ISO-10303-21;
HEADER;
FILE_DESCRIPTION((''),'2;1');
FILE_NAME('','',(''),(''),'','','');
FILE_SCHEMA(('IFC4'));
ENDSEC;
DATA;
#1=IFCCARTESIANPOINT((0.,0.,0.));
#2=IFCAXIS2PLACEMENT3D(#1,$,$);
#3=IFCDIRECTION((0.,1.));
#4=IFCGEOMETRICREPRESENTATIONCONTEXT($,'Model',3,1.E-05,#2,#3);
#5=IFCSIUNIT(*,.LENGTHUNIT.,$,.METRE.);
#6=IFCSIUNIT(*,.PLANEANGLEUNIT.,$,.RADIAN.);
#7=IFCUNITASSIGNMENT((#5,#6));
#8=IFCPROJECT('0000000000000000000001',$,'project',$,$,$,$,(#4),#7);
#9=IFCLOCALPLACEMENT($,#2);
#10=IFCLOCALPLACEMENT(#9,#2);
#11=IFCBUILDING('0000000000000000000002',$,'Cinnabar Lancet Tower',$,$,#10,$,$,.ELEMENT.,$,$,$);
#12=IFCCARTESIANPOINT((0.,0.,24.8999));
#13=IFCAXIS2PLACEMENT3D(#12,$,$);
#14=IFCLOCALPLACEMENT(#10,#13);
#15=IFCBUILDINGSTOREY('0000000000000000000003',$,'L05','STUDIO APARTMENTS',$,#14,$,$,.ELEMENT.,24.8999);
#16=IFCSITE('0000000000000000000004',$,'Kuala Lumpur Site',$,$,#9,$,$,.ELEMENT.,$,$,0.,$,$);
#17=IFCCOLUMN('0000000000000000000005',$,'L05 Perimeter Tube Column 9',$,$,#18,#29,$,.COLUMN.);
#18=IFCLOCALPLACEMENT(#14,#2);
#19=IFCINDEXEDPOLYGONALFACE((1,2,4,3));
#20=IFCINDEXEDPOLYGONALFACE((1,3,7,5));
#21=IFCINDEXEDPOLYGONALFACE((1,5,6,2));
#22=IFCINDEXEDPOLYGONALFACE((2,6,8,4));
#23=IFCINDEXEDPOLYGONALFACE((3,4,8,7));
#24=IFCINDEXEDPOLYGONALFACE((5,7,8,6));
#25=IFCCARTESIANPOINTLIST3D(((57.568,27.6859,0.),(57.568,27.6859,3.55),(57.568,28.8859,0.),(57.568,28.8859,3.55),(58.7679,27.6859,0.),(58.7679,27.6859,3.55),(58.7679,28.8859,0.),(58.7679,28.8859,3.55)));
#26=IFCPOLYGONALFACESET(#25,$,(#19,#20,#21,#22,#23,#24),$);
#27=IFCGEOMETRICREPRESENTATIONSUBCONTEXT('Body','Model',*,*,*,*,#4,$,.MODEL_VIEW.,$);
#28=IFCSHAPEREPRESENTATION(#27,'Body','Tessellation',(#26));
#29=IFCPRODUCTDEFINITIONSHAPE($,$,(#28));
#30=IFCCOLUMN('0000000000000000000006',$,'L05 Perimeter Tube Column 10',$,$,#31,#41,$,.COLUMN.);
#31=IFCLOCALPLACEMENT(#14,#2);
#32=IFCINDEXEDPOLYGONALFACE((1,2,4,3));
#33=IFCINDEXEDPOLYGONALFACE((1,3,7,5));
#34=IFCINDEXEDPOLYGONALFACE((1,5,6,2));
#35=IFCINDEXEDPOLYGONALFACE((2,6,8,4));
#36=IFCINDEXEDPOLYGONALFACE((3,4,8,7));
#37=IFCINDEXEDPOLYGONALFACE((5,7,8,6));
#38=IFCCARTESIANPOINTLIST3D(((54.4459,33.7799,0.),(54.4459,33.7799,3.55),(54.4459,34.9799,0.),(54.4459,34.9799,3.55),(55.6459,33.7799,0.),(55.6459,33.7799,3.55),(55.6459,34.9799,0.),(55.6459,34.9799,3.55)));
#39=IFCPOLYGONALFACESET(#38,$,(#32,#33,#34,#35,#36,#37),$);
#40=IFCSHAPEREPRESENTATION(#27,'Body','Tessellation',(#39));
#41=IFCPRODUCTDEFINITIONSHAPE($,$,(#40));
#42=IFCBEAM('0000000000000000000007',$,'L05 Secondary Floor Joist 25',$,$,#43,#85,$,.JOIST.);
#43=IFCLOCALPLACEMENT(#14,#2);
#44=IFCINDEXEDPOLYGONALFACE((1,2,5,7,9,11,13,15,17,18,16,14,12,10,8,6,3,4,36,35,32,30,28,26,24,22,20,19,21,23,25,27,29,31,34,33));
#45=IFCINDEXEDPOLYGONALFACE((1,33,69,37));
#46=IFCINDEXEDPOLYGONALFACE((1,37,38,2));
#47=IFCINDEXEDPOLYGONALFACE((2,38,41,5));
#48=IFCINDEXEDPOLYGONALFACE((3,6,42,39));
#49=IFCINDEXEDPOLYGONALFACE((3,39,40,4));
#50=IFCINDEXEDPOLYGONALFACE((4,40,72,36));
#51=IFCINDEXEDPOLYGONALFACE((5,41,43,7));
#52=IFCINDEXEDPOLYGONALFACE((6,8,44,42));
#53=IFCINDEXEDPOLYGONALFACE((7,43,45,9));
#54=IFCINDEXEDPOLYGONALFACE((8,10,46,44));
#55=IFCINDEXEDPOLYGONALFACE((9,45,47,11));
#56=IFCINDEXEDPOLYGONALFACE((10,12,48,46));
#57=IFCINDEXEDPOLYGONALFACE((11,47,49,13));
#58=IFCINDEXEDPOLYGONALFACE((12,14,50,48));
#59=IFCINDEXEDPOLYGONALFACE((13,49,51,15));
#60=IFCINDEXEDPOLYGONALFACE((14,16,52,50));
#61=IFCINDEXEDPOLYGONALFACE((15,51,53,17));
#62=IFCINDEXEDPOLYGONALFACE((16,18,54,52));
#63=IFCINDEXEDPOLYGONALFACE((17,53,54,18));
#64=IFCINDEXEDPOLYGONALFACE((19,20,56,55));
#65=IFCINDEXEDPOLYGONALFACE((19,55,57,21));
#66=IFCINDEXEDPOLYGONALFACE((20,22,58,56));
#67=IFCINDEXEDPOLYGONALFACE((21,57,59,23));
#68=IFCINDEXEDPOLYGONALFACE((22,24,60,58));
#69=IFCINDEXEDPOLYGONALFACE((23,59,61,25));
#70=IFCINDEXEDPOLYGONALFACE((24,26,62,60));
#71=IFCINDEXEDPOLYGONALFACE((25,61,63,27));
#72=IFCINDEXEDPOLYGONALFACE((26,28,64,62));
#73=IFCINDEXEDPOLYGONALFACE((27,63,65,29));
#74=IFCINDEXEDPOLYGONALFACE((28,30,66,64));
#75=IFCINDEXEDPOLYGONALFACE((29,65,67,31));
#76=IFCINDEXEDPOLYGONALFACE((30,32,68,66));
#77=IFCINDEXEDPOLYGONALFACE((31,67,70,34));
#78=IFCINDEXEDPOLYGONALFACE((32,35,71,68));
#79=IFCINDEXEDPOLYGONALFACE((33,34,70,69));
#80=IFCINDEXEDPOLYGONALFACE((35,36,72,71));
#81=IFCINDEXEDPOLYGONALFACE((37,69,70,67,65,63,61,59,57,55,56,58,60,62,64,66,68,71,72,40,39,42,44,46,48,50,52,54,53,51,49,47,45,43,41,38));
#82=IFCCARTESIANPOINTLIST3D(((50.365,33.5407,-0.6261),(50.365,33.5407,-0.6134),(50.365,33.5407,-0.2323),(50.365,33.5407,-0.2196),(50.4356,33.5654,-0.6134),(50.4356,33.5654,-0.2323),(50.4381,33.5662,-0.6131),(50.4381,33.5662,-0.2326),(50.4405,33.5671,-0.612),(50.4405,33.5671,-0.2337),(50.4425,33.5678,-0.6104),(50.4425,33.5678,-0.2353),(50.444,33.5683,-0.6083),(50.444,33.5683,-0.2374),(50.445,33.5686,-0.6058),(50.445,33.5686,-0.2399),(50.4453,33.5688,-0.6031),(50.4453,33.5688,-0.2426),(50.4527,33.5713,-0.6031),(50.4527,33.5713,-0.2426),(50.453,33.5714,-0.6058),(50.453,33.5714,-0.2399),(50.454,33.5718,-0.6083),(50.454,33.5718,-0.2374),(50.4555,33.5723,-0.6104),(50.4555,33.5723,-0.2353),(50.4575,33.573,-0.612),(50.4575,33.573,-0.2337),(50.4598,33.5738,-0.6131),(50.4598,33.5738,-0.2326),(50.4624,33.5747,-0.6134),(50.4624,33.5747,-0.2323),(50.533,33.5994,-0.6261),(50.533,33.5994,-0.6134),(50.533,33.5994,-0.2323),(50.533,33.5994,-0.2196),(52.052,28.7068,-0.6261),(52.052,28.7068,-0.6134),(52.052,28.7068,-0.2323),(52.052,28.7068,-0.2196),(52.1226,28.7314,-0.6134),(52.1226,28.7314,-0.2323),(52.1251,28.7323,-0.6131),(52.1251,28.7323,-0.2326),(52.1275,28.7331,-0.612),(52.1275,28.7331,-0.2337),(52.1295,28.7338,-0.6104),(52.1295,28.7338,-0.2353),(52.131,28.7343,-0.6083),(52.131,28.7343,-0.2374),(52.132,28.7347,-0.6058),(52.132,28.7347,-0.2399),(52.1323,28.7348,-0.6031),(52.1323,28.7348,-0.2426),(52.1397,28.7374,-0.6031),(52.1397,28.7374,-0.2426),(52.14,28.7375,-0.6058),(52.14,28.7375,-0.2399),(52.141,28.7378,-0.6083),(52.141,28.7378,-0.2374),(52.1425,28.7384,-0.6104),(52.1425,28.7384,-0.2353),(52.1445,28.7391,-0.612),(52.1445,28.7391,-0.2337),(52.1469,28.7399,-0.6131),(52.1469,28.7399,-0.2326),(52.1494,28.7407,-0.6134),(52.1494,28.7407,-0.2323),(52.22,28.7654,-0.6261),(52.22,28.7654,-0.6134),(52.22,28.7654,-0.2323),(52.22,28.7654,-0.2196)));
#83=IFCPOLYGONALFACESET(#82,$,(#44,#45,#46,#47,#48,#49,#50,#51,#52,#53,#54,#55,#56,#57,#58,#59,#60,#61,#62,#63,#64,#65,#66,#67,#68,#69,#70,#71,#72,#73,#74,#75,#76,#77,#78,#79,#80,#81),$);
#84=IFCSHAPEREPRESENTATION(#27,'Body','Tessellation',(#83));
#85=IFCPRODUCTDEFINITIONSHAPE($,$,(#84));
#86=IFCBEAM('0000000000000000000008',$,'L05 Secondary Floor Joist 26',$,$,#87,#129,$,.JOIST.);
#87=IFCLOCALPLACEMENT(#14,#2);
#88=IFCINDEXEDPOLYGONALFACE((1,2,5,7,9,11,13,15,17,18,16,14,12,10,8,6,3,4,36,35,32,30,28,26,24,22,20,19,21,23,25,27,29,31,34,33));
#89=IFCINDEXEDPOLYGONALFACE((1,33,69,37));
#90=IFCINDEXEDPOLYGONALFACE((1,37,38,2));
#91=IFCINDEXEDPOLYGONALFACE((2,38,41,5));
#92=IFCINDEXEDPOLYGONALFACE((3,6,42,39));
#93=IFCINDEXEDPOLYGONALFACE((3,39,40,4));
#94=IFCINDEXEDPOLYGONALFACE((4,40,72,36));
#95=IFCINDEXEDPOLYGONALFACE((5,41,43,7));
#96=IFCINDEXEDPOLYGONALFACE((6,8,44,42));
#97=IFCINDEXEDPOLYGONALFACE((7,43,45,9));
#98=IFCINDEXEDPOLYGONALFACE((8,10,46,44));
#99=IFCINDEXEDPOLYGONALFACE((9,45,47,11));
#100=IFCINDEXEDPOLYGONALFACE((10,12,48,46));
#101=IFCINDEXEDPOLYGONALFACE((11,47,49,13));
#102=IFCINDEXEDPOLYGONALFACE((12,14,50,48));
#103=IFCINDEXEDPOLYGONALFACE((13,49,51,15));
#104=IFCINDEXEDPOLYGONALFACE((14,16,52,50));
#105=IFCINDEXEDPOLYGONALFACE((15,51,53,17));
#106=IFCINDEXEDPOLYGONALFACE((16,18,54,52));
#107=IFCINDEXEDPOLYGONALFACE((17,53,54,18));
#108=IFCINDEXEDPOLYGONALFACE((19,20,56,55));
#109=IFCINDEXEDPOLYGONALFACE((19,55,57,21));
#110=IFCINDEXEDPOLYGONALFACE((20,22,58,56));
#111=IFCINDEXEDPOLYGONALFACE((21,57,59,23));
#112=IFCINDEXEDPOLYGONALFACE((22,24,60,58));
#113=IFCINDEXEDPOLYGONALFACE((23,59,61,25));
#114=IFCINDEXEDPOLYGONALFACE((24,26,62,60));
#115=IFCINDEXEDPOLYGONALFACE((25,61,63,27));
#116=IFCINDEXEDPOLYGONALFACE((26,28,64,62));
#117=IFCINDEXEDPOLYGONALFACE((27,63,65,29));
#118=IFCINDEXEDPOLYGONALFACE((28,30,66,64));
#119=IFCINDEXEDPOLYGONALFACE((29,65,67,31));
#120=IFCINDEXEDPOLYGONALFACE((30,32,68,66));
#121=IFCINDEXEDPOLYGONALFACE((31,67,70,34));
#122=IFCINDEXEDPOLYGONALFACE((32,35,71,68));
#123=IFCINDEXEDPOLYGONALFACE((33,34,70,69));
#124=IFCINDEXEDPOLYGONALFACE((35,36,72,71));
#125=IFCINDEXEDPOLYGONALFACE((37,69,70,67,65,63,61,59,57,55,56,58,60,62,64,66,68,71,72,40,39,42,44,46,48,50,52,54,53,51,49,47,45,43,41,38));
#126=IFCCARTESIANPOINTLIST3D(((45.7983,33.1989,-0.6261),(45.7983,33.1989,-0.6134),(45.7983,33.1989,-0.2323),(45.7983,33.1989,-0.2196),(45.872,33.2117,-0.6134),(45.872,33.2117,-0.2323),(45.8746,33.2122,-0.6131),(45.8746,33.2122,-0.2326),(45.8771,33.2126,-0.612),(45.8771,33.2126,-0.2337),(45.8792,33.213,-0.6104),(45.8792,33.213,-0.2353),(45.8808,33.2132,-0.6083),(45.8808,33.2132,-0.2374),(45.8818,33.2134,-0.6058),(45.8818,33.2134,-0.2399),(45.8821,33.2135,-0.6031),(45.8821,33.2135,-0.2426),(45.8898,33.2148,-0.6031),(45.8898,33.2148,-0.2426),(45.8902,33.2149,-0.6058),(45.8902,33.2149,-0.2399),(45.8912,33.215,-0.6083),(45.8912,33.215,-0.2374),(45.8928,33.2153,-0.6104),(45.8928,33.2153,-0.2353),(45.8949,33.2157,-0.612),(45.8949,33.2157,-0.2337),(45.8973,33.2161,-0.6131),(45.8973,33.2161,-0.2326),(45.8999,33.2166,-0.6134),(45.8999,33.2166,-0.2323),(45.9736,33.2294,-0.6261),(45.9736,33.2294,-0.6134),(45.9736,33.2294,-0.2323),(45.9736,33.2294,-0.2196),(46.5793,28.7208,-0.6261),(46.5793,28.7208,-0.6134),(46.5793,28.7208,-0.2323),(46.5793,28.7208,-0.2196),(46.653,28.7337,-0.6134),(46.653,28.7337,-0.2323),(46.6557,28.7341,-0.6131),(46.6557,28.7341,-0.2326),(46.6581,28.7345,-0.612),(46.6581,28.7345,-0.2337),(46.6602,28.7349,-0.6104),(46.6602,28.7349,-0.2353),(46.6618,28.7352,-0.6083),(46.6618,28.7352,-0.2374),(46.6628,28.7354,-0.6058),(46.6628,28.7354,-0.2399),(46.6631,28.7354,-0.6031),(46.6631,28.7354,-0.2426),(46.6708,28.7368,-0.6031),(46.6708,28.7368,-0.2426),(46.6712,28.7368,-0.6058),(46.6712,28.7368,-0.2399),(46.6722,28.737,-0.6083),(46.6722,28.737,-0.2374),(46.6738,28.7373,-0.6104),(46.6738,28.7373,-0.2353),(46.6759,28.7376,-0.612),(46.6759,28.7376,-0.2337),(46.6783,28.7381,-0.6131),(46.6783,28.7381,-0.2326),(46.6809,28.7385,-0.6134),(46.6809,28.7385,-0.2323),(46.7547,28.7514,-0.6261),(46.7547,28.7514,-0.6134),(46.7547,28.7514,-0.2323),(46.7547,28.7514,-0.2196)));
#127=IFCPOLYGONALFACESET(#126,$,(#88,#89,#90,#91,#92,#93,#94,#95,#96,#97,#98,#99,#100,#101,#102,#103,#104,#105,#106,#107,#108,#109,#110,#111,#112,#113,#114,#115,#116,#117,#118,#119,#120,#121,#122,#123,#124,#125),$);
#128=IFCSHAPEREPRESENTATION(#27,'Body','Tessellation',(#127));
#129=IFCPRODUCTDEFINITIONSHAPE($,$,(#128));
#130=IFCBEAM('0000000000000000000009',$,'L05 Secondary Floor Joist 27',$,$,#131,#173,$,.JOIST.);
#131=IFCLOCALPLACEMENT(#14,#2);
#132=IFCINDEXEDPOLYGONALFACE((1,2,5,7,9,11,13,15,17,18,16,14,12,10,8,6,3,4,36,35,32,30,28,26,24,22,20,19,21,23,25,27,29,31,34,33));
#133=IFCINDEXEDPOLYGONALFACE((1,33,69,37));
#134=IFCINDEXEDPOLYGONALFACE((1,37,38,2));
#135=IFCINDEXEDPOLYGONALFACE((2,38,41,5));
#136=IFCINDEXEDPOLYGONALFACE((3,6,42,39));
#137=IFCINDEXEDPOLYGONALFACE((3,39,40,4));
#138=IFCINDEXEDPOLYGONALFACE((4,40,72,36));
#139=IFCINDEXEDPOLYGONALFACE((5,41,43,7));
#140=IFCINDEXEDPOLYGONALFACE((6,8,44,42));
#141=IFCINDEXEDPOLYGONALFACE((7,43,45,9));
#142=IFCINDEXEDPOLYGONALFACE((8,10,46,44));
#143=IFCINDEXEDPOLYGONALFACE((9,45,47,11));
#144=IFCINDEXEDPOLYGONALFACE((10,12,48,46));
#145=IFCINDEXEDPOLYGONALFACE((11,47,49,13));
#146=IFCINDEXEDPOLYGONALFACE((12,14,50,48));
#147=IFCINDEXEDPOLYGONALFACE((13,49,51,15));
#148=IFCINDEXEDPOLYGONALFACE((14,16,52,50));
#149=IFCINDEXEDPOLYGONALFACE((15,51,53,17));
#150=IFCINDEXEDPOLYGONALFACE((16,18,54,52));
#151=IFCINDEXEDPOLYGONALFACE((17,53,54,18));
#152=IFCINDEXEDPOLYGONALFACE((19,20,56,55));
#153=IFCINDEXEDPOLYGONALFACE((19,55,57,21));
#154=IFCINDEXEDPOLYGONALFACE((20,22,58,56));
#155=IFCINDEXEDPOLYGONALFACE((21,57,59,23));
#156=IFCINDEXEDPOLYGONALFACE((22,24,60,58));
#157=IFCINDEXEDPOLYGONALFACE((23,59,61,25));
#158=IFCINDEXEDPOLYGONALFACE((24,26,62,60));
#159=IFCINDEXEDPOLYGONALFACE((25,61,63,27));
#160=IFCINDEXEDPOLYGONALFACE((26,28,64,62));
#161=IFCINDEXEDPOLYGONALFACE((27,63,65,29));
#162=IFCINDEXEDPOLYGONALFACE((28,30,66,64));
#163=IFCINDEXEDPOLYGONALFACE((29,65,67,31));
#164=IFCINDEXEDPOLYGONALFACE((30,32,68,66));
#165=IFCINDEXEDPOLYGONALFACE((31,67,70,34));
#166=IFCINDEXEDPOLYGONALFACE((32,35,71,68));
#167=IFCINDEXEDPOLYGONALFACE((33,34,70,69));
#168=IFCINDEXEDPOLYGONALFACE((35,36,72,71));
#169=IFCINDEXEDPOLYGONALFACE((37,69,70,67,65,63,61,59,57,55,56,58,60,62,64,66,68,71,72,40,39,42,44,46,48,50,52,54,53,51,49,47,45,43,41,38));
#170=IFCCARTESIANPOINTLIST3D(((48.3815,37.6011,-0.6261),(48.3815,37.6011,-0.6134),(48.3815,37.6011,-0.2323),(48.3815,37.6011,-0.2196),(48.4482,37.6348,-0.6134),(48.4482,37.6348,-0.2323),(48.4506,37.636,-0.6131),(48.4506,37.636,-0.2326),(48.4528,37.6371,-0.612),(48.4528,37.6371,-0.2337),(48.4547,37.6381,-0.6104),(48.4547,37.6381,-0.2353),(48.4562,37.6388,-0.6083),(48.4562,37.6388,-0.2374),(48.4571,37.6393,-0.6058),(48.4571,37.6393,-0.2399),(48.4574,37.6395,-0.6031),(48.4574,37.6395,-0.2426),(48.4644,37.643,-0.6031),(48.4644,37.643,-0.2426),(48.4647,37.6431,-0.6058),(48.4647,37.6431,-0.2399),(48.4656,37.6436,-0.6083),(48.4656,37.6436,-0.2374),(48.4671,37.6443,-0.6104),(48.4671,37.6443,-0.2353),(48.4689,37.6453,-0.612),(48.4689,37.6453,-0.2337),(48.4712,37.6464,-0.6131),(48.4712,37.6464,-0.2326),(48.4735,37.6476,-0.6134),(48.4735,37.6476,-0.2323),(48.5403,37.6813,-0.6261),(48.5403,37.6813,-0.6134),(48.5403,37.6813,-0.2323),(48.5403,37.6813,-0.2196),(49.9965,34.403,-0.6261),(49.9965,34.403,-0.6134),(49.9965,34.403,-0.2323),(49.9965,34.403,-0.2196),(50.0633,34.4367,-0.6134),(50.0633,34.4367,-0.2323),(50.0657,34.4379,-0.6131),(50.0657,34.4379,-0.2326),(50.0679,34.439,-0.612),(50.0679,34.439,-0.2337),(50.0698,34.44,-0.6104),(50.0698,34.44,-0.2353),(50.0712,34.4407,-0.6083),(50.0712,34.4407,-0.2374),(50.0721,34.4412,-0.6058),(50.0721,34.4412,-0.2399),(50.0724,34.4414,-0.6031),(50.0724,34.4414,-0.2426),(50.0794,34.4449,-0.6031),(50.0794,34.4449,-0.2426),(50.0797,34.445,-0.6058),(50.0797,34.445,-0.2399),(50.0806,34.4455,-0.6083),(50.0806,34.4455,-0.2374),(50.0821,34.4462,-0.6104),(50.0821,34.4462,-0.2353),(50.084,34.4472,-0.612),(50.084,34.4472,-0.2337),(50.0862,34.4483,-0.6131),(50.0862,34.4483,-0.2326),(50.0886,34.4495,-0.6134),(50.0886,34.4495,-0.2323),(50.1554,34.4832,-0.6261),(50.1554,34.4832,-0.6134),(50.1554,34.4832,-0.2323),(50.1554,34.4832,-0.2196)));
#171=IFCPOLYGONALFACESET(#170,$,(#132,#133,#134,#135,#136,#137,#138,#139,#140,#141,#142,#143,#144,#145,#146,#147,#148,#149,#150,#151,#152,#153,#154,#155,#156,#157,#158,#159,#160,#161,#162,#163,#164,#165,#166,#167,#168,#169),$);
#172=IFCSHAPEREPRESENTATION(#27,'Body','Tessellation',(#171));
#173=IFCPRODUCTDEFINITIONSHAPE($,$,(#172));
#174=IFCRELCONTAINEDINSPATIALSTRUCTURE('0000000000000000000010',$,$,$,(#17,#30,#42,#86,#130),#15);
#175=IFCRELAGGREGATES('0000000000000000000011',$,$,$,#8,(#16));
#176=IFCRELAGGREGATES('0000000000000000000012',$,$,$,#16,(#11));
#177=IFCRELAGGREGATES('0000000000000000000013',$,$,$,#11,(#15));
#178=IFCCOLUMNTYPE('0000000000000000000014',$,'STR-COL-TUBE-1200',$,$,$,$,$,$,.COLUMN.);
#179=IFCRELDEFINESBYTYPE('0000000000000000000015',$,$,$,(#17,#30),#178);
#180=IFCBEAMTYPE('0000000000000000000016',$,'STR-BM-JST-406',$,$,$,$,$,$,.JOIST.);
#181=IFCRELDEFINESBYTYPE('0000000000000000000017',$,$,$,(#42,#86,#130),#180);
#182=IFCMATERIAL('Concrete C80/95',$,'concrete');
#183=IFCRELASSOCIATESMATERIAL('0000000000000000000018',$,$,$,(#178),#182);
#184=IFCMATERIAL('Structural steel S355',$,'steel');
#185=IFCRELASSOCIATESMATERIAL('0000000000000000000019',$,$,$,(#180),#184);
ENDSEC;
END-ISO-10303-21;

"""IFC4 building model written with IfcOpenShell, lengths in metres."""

from ifc_helpers import new_model, si_unit, direction, frame, origin, origin_2d, place, context, subcontext, project, spatial, rectangle, i_section, extrude, material, material_profile, profile_set, type_object, element, save


model = new_model("IFC4")

# Units and contexts
model_context = context("Model", 3, precision=1e-05, world=origin(), true_north=direction((0.0, 1.0)))
body_context = subcontext(model_context, "Body", "Model", "MODEL_VIEW")
ifc_project = project(units=[si_unit("LENGTHUNIT", "METRE"), si_unit("PLANEANGLEUNIT", "RADIAN")], contexts=[model_context])

# Site, building, storey
site_placement = place(None, origin())
site = spatial("IfcSite", under=ifc_project, at=site_placement, Name="Kuala Lumpur Site", CompositionType="ELEMENT", RefElevation=0.0)
building_placement = place(site_placement, origin())
building = spatial("IfcBuilding", under=site, at=building_placement, Name="Cinnabar Lancet Tower", CompositionType="ELEMENT")
storey_placement = place(building_placement, frame((0.0, 0.0, 24.8999)))
storey = spatial("IfcBuildingStorey", under=building, at=storey_placement, Name="L05", Description="STUDIO APARTMENTS", CompositionType="ELEMENT", Elevation=24.8999)

# Columns
ifc_material_1 = material(Name="Concrete C80/95", Category="concrete")
ifc_material_profile_1 = material_profile(ifc_material_1, rectangle(XDim=1.2, YDim=1.2, at=origin_2d()), Name="RC-COL 1200x1200")
ifc_profile_set_1 = profile_set([ifc_material_profile_1], Name="Concrete C80/95")
column_type = type_object("IfcColumnType", Name="STR-COL-TUBE-1200", PredefinedType="COLUMN", material=ifc_profile_set_1)
for number, where, z_axis, x_axis, name in (
    (1, (58.168, 28.2859, 0.0), (0.0, 0.0, 1.0), (1.0, 0.0, 0.0), "L05 Perimeter Tube Column 9"),
    (2, (55.0459, 34.3799, 0.0), (0.0, 0.0, 1.0), (1.0, 0.0, 0.0), "L05 Perimeter Tube Column 10"),
):
    element("IfcColumn", number, at=place(storey_placement, frame(where, z_axis=z_axis, x_axis=x_axis)), inside=storey, type_object=column_type, Name=name, PredefinedType="COLUMN", context=body_context, shape_type="SweptSolid", body=[
        extrude(rectangle(XDim=1.2, YDim=1.2, at=origin_2d()), origin(), (0.0, 0.0, 1.0), 3.55),
    ])

# Beams
ifc_material_2 = material(Name="Structural steel S355", Category="steel")
ifc_material_profile_2 = material_profile(ifc_material_2, i_section(OverallWidth=0.178, OverallDepth=0.4065, WebThickness=0.0078, FlangeThickness=0.0127, FilletRadius=0.0103, at=origin_2d()), Name="UKB 406x178x60")
ifc_profile_set_2 = profile_set([ifc_material_profile_2], Name="Structural steel S355")
beam_type_1 = type_object("IfcBeamType", Name="STR-BM-JST-406", PredefinedType="JOIST", material=ifc_profile_set_2)
beam_1_placement = place(storey_placement, frame((52.136, 28.7361, -0.4229), z_axis=(-0.329501, 0.944155, 0.0), x_axis=(-0.944155, -0.329501, 0.0)))
element("IfcBeam", 3, at=beam_1_placement, inside=storey, type_object=beam_type_1, Name="L05 Secondary Floor Joist 25", PredefinedType="JOIST", context=body_context, shape_type="SweptSolid", body=[
    extrude(i_section(OverallWidth=0.178, OverallDepth=0.4065, WebThickness=0.0078, FlangeThickness=0.0127, FilletRadius=0.0103, at=origin_2d()), origin(), (0.0, 0.0, 1.0), 5.1199),
])
beam_2_placement = place(storey_placement, frame((46.667, 28.7361, -0.4229), z_axis=(-0.171815, 0.985129, 0.0), x_axis=(-0.985129, -0.171815, 0.0)))
element("IfcBeam", 4, at=beam_2_placement, inside=storey, type_object=beam_type_1, Name="L05 Secondary Floor Joist 26", PredefinedType="JOIST", context=body_context, shape_type="SweptSolid", body=[
    extrude(i_section(OverallWidth=0.178, OverallDepth=0.4065, WebThickness=0.0078, FlangeThickness=0.0127, FilletRadius=0.0103, at=origin_2d()), origin(), (0.0, 0.0, 1.0), 4.5457),
])
beam_3_placement = place(storey_placement, frame((50.0759, 34.4431, -0.4229), z_axis=(-0.450781, 0.892635, 0.0), x_axis=(-0.892635, -0.450781, 0.0)))
element("IfcBeam", 5, at=beam_3_placement, inside=storey, type_object=beam_type_1, Name="L05 Secondary Floor Joist 27", PredefinedType="JOIST", context=body_context, shape_type="SweptSolid", body=[
    extrude(i_section(OverallWidth=0.178, OverallDepth=0.4065, WebThickness=0.0078, FlangeThickness=0.0127, FilletRadius=0.0103, at=origin_2d()), origin(), (0.0, 0.0, 1.0), 3.5828),
])

save(model, "model.ifc")
